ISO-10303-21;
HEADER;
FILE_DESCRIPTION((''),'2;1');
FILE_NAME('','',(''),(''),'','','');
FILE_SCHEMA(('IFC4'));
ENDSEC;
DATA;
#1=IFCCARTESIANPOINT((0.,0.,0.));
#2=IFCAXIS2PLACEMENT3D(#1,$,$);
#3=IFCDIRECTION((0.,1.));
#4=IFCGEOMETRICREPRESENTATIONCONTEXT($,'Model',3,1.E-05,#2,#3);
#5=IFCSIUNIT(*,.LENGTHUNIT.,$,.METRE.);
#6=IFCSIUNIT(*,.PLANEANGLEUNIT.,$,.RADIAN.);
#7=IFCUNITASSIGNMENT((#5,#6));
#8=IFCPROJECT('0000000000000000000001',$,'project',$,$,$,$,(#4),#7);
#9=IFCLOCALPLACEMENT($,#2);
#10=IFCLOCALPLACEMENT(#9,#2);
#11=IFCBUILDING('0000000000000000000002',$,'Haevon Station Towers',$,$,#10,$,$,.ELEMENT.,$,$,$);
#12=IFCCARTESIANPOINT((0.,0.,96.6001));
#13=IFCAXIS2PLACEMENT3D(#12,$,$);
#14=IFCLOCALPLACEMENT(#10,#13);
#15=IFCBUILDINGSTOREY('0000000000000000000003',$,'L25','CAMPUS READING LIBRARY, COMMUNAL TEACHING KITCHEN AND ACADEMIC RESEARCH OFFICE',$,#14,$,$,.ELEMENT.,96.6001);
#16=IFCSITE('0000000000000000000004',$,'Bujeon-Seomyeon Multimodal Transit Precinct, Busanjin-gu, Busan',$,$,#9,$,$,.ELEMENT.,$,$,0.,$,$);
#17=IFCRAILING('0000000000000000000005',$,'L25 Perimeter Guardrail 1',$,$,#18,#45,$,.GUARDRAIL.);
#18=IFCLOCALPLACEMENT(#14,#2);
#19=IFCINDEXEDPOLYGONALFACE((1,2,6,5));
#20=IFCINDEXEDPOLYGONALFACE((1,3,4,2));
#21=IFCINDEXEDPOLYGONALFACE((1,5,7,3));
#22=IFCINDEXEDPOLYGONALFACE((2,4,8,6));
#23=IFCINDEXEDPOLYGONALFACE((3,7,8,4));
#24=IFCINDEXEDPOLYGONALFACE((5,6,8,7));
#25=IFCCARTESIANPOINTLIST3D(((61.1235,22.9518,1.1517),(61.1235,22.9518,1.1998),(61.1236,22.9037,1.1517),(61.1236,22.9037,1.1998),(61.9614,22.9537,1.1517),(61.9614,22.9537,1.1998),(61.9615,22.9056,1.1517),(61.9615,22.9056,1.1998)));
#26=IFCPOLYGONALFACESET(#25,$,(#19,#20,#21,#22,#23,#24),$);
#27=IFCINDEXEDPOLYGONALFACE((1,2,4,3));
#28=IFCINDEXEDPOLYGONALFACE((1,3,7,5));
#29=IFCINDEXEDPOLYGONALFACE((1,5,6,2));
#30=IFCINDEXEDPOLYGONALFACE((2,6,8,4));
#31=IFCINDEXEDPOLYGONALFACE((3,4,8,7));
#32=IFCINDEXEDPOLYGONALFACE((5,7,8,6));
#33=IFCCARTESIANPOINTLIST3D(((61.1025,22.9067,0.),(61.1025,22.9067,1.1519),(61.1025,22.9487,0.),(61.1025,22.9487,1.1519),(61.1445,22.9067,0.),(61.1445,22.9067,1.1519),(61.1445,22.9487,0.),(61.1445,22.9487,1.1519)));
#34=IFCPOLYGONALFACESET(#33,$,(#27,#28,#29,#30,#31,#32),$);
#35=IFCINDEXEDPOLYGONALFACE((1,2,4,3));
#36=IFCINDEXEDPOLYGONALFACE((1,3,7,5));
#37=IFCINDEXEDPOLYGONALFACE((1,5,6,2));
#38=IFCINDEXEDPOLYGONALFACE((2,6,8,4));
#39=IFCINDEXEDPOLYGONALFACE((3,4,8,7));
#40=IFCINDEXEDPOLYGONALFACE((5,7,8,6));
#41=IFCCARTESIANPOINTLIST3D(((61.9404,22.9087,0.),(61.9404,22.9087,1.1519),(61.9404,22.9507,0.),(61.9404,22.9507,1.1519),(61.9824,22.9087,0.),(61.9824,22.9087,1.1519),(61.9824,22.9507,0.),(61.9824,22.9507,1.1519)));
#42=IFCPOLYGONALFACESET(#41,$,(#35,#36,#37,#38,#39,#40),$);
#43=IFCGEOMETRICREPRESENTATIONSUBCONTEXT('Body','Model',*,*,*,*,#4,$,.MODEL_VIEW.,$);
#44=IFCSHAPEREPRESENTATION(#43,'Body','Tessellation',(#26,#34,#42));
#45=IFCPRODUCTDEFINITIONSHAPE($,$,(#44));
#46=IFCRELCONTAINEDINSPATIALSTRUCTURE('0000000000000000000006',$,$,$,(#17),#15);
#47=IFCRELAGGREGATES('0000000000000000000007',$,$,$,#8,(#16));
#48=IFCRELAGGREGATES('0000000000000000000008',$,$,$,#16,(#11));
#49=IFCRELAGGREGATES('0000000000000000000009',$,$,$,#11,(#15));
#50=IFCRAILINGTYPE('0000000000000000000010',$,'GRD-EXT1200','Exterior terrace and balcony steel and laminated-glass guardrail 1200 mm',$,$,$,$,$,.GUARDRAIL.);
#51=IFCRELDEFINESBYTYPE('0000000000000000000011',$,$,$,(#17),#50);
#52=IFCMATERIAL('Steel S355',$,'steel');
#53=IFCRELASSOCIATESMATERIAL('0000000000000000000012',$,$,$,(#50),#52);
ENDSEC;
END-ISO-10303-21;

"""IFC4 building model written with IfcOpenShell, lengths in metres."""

from ifc_helpers import new_model, si_unit, direction, frame, origin, origin_2d, place, context, subcontext, project, spatial, rectangle, extrude, material, type_object, element, save


model = new_model("IFC4")

# Units and contexts
model_context = context("Model", 3, precision=1e-05, world=origin(), true_north=direction((0.0, 1.0)))
body_context = subcontext(model_context, "Body", "Model", "MODEL_VIEW")
ifc_project = project(units=[si_unit("LENGTHUNIT", "METRE"), si_unit("PLANEANGLEUNIT", "RADIAN")], contexts=[model_context])

# Site, building, storey
site_placement = place(None, origin())
site = spatial("IfcSite", under=ifc_project, at=site_placement, Name="Bujeon-Seomyeon Multimodal Transit Precinct, Busanjin-gu, Busan", CompositionType="ELEMENT", RefElevation=0.0)
building_placement = place(site_placement, origin())
building = spatial("IfcBuilding", under=site, at=building_placement, Name="Haevon Station Towers", CompositionType="ELEMENT")
storey_placement = place(building_placement, frame((0.0, 0.0, 96.6001)))
storey = spatial("IfcBuildingStorey", under=building, at=storey_placement, Name="L25", Description="CAMPUS READING LIBRARY, COMMUNAL TEACHING KITCHEN AND ACADEMIC RESEARCH OFFICE", CompositionType="ELEMENT", Elevation=96.6001)

# Shared definitions
ifc_material_1 = material(Name="Steel S355", Category="steel")

# Railing
railing_type = type_object("IfcRailingType", Name="GRD-EXT1200", Description="Exterior terrace and balcony steel and laminated-glass guardrail 1200 mm", PredefinedType="GUARDRAIL", material=ifc_material_1)
railing_placement = place(storey_placement, frame((61.1235, 22.9277, 0.0)))
element("IfcRailing", 1, at=railing_placement, inside=storey, type_object=railing_type, Name="L25 Perimeter Guardrail 1", PredefinedType="GUARDRAIL", context=body_context, shape_type="SweptSolid", body=[
    extrude(rectangle(XDim=0.0481, YDim=0.0481, at=origin_2d()), frame((0.0, 0.0, 1.1758), z_axis=(0.999997, 0.002331, 0.0), x_axis=(-0.002331, 0.999997, 0.0)), (0.0, 0.0, 1.0), 0.8379),
    extrude(rectangle(XDim=0.042, YDim=0.042, at=origin_2d()), origin(), (0.0, 0.0, 1.0), 1.1519),
    extrude(rectangle(XDim=0.042, YDim=0.042, at=origin_2d()), frame((0.8379, 0.002, 0.0)), (0.0, 0.0, 1.0), 1.1519),
])

save(model, "model.ifc")
